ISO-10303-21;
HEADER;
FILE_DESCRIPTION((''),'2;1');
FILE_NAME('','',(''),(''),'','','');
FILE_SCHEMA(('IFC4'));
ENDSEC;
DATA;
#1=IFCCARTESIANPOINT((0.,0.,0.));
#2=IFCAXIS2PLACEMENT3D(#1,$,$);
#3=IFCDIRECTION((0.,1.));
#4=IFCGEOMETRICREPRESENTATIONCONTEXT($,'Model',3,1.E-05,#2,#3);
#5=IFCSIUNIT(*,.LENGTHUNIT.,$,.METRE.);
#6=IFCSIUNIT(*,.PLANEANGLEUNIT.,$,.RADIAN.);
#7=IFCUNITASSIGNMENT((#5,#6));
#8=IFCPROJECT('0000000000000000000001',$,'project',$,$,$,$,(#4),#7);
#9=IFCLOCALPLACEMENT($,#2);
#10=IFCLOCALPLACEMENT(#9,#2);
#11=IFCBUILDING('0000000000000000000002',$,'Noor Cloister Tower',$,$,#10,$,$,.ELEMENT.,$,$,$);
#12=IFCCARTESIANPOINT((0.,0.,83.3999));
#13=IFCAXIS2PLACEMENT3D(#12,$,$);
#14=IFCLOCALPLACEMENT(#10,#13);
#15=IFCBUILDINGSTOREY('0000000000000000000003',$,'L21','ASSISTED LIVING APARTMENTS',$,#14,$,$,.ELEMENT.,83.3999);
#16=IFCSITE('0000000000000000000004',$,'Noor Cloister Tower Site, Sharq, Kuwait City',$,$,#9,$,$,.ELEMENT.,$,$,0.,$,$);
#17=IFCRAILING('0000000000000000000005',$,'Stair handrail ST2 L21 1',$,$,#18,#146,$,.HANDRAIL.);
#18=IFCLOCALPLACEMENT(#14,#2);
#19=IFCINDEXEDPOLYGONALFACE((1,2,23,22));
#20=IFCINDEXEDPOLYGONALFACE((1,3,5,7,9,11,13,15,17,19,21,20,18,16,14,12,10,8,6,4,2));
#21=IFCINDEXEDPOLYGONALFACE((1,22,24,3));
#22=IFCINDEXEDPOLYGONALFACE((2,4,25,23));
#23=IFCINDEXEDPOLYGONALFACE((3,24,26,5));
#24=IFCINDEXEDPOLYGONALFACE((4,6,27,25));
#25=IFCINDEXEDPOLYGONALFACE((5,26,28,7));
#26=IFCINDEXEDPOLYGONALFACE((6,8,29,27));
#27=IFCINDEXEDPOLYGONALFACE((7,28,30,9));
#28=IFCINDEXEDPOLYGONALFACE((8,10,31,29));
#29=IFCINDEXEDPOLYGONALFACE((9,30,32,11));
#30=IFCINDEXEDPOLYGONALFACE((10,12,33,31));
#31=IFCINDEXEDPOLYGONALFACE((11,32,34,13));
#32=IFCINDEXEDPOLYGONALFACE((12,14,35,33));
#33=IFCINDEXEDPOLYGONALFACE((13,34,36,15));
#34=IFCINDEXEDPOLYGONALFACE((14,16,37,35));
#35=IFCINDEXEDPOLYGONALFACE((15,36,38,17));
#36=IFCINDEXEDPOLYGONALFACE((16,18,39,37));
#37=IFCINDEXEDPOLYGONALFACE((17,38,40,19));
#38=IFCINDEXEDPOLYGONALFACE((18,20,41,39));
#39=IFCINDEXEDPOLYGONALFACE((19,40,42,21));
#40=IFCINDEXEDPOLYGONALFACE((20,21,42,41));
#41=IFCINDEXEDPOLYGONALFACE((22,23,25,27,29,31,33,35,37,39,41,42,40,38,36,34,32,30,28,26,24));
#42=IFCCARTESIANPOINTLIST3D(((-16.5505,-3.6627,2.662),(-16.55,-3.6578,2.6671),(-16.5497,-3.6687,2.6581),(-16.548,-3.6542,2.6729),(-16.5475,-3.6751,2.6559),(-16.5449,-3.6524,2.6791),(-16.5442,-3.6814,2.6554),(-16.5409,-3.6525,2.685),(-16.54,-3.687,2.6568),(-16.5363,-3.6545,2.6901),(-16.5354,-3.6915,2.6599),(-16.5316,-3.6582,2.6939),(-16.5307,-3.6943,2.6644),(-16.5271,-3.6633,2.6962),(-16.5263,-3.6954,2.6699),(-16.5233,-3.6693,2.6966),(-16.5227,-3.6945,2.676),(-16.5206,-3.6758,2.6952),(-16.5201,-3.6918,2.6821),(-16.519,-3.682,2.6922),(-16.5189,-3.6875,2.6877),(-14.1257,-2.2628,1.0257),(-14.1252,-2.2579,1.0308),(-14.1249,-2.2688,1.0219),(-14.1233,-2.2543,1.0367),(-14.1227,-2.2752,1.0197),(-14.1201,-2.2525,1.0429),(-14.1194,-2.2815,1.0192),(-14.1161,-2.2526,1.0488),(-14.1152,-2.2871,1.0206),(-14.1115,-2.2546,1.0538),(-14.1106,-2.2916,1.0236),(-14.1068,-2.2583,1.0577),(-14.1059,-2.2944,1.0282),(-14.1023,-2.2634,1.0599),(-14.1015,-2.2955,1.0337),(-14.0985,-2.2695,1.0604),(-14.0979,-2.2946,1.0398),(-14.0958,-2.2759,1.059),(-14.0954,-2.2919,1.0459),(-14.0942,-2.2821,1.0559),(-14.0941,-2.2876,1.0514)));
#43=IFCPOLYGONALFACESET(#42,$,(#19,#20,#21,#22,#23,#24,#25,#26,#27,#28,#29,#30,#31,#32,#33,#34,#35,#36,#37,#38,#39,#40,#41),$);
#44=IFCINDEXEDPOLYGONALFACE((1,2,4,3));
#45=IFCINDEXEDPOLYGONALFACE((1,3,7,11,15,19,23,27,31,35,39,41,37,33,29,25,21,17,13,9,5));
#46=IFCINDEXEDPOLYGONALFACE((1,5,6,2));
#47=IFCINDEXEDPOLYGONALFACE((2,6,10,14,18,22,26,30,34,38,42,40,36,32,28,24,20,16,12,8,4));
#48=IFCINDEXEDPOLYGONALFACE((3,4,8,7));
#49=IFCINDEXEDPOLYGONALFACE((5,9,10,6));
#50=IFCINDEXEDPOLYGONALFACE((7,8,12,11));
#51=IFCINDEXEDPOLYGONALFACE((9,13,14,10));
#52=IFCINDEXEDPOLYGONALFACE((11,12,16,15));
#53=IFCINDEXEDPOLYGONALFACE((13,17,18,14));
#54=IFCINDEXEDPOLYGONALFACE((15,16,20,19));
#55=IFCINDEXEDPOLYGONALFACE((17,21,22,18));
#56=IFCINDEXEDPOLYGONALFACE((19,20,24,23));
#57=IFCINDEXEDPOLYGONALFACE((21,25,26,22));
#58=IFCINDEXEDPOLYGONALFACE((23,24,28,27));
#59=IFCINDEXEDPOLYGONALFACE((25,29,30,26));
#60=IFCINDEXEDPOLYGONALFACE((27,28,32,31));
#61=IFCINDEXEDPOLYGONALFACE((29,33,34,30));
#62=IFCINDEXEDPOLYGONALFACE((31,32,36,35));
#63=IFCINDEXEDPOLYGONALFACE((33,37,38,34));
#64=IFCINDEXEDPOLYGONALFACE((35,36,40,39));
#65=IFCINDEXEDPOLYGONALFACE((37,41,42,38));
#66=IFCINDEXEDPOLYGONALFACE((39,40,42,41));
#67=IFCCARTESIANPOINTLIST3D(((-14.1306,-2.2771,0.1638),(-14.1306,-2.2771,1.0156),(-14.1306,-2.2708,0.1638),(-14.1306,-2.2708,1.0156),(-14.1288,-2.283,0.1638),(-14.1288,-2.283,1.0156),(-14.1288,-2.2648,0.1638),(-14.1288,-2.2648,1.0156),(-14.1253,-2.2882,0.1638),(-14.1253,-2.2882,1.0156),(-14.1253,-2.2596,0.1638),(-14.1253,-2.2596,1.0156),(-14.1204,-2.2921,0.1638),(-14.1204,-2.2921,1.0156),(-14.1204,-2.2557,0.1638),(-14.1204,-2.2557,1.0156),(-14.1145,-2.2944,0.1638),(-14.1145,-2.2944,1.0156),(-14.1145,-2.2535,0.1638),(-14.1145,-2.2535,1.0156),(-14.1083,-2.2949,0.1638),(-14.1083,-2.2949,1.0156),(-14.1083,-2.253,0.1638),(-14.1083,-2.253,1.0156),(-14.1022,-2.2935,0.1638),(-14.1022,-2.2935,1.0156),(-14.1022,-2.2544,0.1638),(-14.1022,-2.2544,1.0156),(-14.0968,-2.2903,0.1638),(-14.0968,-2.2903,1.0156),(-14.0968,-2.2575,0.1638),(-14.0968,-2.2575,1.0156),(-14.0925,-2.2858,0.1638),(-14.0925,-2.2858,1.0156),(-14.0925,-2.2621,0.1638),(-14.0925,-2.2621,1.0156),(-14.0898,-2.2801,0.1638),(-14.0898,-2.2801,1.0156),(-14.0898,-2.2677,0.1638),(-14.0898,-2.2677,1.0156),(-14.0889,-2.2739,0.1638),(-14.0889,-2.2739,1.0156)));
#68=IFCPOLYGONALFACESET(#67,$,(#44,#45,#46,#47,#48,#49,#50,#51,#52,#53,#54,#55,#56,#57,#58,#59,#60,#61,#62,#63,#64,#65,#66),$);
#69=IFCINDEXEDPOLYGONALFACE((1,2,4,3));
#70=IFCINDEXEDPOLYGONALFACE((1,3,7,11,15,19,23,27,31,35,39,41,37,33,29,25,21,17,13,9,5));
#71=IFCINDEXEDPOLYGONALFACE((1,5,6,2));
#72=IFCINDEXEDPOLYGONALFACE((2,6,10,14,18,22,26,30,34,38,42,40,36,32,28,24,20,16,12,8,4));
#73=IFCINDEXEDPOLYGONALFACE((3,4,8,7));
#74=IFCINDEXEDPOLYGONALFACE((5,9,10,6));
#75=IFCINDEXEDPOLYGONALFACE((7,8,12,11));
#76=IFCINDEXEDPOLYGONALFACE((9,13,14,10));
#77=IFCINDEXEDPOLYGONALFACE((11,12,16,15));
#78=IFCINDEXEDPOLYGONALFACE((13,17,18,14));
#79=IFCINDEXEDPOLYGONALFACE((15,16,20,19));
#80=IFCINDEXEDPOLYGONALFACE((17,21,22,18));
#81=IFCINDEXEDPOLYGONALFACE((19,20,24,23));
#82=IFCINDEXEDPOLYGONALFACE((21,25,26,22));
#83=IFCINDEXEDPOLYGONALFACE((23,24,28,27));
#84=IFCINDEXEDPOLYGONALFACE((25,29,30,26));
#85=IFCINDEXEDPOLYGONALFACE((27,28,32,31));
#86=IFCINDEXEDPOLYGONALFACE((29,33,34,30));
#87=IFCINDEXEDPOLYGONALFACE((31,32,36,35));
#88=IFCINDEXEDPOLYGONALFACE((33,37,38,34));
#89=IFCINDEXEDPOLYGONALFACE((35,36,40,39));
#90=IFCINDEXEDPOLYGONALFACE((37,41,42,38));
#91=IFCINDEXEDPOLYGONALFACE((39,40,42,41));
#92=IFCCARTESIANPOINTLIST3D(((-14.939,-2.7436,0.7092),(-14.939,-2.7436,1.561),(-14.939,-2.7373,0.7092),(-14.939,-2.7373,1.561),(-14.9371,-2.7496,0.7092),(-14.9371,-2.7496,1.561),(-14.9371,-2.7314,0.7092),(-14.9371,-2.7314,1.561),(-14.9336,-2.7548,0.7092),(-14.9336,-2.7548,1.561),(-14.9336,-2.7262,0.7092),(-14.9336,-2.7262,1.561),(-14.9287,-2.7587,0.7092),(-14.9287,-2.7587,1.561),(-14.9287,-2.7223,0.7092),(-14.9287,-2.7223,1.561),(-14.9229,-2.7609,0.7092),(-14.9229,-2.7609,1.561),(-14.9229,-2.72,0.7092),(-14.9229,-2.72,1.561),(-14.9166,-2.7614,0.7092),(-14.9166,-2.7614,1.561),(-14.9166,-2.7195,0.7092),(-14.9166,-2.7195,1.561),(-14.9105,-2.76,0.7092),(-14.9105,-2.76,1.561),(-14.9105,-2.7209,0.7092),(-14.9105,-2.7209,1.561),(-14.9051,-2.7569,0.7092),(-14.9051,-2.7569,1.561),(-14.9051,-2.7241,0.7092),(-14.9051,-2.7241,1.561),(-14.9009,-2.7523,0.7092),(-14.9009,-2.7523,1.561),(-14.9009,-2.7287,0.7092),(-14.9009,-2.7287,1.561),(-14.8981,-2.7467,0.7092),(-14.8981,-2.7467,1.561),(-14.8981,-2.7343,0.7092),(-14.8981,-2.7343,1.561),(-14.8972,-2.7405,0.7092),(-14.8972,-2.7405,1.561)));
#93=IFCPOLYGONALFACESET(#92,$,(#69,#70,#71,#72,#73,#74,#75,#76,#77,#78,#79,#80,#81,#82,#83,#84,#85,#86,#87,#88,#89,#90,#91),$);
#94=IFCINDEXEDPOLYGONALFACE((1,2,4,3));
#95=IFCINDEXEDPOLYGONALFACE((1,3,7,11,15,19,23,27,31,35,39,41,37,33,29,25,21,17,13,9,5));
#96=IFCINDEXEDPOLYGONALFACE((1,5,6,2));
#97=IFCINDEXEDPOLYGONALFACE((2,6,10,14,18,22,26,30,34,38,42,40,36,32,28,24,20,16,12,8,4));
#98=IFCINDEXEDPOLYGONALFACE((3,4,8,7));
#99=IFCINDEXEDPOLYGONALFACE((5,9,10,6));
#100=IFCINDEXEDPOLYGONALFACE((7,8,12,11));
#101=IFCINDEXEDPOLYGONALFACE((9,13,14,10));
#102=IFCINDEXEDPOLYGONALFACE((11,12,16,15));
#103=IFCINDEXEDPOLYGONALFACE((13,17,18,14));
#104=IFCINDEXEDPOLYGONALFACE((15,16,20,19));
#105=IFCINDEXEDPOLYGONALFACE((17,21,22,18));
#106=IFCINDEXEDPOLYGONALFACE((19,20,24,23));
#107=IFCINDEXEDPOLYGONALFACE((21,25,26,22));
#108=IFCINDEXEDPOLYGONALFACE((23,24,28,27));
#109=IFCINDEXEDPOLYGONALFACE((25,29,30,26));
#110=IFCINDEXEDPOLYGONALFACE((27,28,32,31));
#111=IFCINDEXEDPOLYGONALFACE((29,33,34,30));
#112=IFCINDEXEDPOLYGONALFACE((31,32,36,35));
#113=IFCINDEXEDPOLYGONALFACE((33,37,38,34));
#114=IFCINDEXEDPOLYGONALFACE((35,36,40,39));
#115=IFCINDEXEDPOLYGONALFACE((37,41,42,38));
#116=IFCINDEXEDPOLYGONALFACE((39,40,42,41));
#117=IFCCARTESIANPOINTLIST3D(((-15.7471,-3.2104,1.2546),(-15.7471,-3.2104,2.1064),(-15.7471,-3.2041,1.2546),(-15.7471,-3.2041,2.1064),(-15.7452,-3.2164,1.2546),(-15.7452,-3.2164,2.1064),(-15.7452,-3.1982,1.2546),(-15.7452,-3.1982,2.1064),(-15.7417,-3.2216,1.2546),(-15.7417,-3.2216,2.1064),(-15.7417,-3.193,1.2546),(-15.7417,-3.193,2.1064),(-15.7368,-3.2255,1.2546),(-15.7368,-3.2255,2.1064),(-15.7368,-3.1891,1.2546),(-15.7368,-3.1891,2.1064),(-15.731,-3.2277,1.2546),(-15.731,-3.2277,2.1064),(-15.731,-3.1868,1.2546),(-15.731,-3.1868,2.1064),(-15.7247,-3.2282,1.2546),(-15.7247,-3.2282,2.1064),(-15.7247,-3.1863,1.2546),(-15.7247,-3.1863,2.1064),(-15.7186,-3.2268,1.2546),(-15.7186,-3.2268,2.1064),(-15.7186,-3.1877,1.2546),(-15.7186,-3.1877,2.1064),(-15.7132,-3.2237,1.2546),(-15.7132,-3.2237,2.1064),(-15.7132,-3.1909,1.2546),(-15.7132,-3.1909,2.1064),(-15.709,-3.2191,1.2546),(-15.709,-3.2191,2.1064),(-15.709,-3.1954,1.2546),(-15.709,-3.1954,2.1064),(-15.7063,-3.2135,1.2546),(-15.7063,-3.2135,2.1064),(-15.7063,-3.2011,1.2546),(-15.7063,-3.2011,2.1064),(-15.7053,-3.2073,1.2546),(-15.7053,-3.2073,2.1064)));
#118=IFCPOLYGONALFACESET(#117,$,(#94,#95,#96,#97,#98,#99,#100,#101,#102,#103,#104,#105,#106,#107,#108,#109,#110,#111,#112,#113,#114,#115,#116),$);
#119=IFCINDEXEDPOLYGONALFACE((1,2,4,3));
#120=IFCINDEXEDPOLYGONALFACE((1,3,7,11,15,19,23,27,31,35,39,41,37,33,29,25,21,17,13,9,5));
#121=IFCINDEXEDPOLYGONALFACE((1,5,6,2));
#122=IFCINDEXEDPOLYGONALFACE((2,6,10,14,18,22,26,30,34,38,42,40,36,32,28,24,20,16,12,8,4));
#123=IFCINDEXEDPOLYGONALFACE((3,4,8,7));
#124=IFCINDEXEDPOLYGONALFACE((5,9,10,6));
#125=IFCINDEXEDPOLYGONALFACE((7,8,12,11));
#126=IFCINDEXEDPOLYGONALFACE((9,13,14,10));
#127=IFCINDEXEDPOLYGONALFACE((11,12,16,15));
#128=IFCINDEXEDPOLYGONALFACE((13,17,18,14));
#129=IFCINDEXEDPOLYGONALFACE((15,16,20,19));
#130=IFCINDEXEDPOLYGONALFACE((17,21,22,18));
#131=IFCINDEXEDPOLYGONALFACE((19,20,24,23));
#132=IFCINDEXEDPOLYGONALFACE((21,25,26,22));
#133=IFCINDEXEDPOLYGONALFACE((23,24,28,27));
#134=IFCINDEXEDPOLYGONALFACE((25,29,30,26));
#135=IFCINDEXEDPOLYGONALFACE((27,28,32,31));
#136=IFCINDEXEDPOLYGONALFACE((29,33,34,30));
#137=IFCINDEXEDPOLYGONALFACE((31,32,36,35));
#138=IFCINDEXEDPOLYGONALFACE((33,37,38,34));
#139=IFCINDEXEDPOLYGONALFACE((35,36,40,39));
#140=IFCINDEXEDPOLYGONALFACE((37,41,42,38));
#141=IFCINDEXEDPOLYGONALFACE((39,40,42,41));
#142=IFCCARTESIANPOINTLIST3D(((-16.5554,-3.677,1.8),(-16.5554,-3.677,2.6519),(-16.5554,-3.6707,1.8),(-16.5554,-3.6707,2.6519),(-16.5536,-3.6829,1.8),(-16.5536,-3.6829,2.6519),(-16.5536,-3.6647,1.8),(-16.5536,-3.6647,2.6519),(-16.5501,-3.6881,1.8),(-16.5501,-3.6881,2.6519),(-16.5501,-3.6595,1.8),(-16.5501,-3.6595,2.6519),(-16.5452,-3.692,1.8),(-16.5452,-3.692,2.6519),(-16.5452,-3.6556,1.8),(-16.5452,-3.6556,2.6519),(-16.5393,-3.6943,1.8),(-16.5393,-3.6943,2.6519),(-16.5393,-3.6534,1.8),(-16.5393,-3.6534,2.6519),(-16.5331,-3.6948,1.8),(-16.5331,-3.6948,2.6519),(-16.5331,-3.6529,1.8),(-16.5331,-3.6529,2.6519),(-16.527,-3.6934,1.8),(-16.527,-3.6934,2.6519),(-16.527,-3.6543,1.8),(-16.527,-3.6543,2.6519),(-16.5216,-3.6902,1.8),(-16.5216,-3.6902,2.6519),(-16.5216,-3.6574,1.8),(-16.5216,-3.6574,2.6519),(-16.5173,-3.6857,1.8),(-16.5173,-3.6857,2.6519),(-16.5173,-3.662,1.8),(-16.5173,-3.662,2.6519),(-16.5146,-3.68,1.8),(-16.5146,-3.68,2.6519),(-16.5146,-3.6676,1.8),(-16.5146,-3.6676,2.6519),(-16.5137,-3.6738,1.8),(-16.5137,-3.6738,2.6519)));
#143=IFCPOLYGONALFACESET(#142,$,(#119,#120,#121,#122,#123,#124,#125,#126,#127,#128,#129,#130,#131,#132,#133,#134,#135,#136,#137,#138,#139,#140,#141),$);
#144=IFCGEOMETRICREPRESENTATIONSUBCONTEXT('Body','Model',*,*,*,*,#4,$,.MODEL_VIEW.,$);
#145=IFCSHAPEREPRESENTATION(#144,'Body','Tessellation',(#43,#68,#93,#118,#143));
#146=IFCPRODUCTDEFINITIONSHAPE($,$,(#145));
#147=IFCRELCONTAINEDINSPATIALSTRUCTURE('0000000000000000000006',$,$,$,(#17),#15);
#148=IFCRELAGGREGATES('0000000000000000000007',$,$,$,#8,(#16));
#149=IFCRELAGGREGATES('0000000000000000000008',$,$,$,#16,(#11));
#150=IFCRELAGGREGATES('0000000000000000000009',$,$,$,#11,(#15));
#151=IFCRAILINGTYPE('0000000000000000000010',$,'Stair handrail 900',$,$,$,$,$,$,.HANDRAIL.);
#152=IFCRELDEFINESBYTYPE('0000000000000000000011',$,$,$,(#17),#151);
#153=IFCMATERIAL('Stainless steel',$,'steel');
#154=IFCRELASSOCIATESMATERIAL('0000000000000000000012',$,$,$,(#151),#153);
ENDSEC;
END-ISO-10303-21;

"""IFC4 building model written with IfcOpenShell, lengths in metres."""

from ifc_helpers import new_model, si_unit, direction, frame, origin, origin_2d, place, context, subcontext, project, spatial, circle, extrude, material, type_object, element, save


model = new_model("IFC4")

# Units and contexts
model_context = context("Model", 3, precision=1e-05, world=origin(), true_north=direction((0.0, 1.0)))
body_context = subcontext(model_context, "Body", "Model", "MODEL_VIEW")
ifc_project = project(units=[si_unit("LENGTHUNIT", "METRE"), si_unit("PLANEANGLEUNIT", "RADIAN")], contexts=[model_context])

# Site, building, storey
site_placement = place(None, origin())
site = spatial("IfcSite", under=ifc_project, at=site_placement, Name="Noor Cloister Tower Site, Sharq, Kuwait City", CompositionType="ELEMENT", RefElevation=0.0)
building_placement = place(site_placement, origin())
building = spatial("IfcBuilding", under=site, at=building_placement, Name="Noor Cloister Tower", CompositionType="ELEMENT")
storey_placement = place(building_placement, frame((0.0, 0.0, 83.3999)))
storey = spatial("IfcBuildingStorey", under=building, at=storey_placement, Name="L21", Description="ASSISTED LIVING APARTMENTS", CompositionType="ELEMENT", Elevation=83.3999)

# Railing
ifc_material_1 = material(Name="Stainless steel", Category="steel")
railing_type_1 = type_object("IfcRailingType", Name="Stair handrail 900", PredefinedType="HANDRAIL", material=ifc_material_1)
railing_1_placement = place(storey_placement, frame((-14.1099, -2.2739, 0.1638)))
element("IfcRailing", 1, at=railing_1_placement, inside=storey, type_object=railing_type_1, Name="Stair handrail ST2 L21 1", PredefinedType="HANDRAIL", context=body_context, shape_type="SweptSolid", body=[
    extrude(circle(Radius=0.0239, at=origin_2d()), frame((0.0, 0.0, 0.876), z_axis=(-0.747718, -0.431677, 0.504552), x_axis=(0.499984, -0.866035, 0.0)), (0.0, 0.0, 1.0), 3.2429),
    extrude(circle(Radius=0.021, at=origin_2d()), origin(), (0.0, 0.0, 1.0), 0.8518),
    extrude(circle(Radius=0.021, at=origin_2d()), frame((-0.8083, -0.4666, 0.5454)), (0.0, 0.0, 1.0), 0.8518),
    extrude(circle(Radius=0.021, at=origin_2d()), frame((-1.6165, -0.9333, 1.0908)), (0.0, 0.0, 1.0), 0.8518),
    extrude(circle(Radius=0.021, at=origin_2d()), frame((-2.4248, -1.3999, 1.6362)), (0.0, 0.0, 1.0), 0.8518),
])

save(model, "model.ifc")
